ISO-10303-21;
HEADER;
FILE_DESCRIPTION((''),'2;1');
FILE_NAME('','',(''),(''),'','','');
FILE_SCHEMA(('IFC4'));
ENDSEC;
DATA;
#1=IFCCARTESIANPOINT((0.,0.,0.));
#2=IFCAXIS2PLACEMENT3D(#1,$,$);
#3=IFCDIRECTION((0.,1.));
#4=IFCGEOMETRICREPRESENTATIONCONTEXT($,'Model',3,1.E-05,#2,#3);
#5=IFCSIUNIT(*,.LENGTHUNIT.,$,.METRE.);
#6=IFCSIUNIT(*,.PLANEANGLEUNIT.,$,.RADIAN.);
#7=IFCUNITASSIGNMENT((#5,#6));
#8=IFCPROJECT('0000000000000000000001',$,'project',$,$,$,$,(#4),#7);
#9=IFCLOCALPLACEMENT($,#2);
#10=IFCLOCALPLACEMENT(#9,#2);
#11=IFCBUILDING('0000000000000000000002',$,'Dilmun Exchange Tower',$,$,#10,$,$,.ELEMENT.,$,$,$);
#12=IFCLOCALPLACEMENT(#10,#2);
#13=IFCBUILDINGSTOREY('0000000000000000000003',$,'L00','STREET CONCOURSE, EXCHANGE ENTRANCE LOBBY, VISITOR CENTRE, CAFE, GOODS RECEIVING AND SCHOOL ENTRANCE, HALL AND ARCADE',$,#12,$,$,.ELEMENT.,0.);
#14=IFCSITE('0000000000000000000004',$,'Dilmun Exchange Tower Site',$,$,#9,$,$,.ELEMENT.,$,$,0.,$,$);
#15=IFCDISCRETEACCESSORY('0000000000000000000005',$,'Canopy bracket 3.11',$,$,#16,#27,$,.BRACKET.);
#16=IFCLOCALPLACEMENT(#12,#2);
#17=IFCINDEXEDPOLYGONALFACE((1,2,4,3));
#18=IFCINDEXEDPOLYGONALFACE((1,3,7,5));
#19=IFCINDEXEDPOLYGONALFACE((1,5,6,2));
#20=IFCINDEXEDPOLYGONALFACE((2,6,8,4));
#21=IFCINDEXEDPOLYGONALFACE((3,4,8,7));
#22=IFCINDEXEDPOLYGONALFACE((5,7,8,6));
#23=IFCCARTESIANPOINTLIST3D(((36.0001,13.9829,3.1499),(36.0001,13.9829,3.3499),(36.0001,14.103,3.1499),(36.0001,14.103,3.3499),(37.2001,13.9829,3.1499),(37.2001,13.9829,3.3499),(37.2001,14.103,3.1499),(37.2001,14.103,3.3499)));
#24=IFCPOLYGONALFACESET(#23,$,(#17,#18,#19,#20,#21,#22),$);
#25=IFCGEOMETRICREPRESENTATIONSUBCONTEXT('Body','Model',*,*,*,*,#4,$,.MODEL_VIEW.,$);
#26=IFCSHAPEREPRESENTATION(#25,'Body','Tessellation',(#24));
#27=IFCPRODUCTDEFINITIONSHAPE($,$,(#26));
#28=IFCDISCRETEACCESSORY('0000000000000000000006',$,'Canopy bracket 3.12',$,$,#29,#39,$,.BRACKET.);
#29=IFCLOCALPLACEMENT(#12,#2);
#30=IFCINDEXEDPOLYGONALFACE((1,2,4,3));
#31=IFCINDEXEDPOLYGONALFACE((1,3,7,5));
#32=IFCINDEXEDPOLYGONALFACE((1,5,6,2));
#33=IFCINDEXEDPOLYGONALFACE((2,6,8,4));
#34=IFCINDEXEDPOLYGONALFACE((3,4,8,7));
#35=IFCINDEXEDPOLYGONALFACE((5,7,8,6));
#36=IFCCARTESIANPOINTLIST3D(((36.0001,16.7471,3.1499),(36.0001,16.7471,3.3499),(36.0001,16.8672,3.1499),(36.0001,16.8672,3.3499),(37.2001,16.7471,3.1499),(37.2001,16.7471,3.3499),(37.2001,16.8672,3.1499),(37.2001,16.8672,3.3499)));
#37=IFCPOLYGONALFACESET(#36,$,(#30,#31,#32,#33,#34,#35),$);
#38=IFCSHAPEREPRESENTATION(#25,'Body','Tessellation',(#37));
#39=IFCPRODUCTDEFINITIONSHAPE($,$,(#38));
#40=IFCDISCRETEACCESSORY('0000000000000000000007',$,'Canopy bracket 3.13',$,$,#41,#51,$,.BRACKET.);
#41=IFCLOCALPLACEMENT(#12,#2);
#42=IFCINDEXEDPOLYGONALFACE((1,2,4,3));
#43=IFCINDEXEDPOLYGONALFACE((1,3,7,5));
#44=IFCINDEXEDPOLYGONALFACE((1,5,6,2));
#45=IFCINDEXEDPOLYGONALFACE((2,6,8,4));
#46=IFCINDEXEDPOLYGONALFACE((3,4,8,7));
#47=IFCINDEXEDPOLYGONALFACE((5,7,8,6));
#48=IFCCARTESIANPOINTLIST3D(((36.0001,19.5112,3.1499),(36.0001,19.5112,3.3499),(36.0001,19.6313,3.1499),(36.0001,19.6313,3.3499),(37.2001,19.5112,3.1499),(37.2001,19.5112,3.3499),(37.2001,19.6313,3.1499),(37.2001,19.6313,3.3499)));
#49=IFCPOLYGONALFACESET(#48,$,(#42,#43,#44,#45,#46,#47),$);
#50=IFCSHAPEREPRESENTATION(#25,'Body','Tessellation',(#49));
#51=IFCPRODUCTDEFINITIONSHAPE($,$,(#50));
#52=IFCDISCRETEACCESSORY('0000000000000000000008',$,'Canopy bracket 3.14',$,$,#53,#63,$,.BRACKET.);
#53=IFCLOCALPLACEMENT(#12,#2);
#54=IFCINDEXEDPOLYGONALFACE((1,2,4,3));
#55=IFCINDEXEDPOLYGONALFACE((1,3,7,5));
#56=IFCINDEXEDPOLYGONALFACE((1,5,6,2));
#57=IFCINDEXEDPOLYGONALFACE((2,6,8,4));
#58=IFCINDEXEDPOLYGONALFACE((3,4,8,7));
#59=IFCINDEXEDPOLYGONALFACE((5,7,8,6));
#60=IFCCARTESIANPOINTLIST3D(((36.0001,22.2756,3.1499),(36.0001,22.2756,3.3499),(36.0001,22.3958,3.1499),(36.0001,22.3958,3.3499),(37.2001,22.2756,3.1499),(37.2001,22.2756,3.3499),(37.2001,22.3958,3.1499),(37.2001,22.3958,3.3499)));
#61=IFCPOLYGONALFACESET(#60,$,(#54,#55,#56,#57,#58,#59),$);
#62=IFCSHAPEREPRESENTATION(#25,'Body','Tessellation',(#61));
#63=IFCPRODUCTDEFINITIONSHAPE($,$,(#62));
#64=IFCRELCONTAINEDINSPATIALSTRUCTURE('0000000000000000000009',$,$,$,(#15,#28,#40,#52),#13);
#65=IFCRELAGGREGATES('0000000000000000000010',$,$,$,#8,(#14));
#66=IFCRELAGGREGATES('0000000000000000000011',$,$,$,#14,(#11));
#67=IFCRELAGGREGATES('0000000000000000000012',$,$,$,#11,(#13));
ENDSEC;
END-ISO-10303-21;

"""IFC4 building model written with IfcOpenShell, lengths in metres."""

from ifc_helpers import new_model, si_unit, direction, frame, origin, origin_2d, place, context, subcontext, project, spatial, rectangle, extrude, element, save


model = new_model("IFC4")

# Units and contexts
model_context = context("Model", 3, precision=1e-05, world=origin(), true_north=direction((0.0, 1.0)))
body_context = subcontext(model_context, "Body", "Model", "MODEL_VIEW")
ifc_project = project(units=[si_unit("LENGTHUNIT", "METRE"), si_unit("PLANEANGLEUNIT", "RADIAN")], contexts=[model_context])

# Site, building, storey
site_placement = place(None, origin())
site = spatial("IfcSite", under=ifc_project, at=site_placement, Name="Dilmun Exchange Tower Site", CompositionType="ELEMENT", RefElevation=0.0)
building_placement = place(site_placement, origin())
building = spatial("IfcBuilding", under=site, at=building_placement, Name="Dilmun Exchange Tower", CompositionType="ELEMENT")
storey_placement = place(building_placement, origin())
storey = spatial("IfcBuildingStorey", under=building, at=storey_placement, Name="L00", Description="STREET CONCOURSE, EXCHANGE ENTRANCE LOBBY, VISITOR CENTRE, CAFE, GOODS RECEIVING AND SCHOOL ENTRANCE, HALL AND ARCADE", CompositionType="ELEMENT", Elevation=0.0)

# Discrete accessories
for number, where, z_axis, x_axis, name in (
    (1, (36.6001, 14.043, 3.1499), (0.0, 0.0, 1.0), (1.0, 0.0, 0.0), "Canopy bracket 3.11"),
    (2, (36.6001, 16.8071, 3.1499), (0.0, 0.0, 1.0), (1.0, 0.0, 0.0), "Canopy bracket 3.12"),
    (3, (36.6001, 19.5713, 3.1499), (0.0, 0.0, 1.0), (1.0, 0.0, 0.0), "Canopy bracket 3.13"),
    (4, (36.6001, 22.3357, 3.1499), (0.0, 0.0, 1.0), (1.0, 0.0, 0.0), "Canopy bracket 3.14"),
):
    element("IfcDiscreteAccessory", number, at=place(storey_placement, frame(where, z_axis=z_axis, x_axis=x_axis)), inside=storey, Name=name, PredefinedType="BRACKET", context=body_context, shape_type="SweptSolid", body=[
        extrude(rectangle(XDim=1.2, YDim=0.1201, at=origin_2d()), origin(), (0.0, 0.0, 1.0), 0.2),
    ])

save(model, "model.ifc")
